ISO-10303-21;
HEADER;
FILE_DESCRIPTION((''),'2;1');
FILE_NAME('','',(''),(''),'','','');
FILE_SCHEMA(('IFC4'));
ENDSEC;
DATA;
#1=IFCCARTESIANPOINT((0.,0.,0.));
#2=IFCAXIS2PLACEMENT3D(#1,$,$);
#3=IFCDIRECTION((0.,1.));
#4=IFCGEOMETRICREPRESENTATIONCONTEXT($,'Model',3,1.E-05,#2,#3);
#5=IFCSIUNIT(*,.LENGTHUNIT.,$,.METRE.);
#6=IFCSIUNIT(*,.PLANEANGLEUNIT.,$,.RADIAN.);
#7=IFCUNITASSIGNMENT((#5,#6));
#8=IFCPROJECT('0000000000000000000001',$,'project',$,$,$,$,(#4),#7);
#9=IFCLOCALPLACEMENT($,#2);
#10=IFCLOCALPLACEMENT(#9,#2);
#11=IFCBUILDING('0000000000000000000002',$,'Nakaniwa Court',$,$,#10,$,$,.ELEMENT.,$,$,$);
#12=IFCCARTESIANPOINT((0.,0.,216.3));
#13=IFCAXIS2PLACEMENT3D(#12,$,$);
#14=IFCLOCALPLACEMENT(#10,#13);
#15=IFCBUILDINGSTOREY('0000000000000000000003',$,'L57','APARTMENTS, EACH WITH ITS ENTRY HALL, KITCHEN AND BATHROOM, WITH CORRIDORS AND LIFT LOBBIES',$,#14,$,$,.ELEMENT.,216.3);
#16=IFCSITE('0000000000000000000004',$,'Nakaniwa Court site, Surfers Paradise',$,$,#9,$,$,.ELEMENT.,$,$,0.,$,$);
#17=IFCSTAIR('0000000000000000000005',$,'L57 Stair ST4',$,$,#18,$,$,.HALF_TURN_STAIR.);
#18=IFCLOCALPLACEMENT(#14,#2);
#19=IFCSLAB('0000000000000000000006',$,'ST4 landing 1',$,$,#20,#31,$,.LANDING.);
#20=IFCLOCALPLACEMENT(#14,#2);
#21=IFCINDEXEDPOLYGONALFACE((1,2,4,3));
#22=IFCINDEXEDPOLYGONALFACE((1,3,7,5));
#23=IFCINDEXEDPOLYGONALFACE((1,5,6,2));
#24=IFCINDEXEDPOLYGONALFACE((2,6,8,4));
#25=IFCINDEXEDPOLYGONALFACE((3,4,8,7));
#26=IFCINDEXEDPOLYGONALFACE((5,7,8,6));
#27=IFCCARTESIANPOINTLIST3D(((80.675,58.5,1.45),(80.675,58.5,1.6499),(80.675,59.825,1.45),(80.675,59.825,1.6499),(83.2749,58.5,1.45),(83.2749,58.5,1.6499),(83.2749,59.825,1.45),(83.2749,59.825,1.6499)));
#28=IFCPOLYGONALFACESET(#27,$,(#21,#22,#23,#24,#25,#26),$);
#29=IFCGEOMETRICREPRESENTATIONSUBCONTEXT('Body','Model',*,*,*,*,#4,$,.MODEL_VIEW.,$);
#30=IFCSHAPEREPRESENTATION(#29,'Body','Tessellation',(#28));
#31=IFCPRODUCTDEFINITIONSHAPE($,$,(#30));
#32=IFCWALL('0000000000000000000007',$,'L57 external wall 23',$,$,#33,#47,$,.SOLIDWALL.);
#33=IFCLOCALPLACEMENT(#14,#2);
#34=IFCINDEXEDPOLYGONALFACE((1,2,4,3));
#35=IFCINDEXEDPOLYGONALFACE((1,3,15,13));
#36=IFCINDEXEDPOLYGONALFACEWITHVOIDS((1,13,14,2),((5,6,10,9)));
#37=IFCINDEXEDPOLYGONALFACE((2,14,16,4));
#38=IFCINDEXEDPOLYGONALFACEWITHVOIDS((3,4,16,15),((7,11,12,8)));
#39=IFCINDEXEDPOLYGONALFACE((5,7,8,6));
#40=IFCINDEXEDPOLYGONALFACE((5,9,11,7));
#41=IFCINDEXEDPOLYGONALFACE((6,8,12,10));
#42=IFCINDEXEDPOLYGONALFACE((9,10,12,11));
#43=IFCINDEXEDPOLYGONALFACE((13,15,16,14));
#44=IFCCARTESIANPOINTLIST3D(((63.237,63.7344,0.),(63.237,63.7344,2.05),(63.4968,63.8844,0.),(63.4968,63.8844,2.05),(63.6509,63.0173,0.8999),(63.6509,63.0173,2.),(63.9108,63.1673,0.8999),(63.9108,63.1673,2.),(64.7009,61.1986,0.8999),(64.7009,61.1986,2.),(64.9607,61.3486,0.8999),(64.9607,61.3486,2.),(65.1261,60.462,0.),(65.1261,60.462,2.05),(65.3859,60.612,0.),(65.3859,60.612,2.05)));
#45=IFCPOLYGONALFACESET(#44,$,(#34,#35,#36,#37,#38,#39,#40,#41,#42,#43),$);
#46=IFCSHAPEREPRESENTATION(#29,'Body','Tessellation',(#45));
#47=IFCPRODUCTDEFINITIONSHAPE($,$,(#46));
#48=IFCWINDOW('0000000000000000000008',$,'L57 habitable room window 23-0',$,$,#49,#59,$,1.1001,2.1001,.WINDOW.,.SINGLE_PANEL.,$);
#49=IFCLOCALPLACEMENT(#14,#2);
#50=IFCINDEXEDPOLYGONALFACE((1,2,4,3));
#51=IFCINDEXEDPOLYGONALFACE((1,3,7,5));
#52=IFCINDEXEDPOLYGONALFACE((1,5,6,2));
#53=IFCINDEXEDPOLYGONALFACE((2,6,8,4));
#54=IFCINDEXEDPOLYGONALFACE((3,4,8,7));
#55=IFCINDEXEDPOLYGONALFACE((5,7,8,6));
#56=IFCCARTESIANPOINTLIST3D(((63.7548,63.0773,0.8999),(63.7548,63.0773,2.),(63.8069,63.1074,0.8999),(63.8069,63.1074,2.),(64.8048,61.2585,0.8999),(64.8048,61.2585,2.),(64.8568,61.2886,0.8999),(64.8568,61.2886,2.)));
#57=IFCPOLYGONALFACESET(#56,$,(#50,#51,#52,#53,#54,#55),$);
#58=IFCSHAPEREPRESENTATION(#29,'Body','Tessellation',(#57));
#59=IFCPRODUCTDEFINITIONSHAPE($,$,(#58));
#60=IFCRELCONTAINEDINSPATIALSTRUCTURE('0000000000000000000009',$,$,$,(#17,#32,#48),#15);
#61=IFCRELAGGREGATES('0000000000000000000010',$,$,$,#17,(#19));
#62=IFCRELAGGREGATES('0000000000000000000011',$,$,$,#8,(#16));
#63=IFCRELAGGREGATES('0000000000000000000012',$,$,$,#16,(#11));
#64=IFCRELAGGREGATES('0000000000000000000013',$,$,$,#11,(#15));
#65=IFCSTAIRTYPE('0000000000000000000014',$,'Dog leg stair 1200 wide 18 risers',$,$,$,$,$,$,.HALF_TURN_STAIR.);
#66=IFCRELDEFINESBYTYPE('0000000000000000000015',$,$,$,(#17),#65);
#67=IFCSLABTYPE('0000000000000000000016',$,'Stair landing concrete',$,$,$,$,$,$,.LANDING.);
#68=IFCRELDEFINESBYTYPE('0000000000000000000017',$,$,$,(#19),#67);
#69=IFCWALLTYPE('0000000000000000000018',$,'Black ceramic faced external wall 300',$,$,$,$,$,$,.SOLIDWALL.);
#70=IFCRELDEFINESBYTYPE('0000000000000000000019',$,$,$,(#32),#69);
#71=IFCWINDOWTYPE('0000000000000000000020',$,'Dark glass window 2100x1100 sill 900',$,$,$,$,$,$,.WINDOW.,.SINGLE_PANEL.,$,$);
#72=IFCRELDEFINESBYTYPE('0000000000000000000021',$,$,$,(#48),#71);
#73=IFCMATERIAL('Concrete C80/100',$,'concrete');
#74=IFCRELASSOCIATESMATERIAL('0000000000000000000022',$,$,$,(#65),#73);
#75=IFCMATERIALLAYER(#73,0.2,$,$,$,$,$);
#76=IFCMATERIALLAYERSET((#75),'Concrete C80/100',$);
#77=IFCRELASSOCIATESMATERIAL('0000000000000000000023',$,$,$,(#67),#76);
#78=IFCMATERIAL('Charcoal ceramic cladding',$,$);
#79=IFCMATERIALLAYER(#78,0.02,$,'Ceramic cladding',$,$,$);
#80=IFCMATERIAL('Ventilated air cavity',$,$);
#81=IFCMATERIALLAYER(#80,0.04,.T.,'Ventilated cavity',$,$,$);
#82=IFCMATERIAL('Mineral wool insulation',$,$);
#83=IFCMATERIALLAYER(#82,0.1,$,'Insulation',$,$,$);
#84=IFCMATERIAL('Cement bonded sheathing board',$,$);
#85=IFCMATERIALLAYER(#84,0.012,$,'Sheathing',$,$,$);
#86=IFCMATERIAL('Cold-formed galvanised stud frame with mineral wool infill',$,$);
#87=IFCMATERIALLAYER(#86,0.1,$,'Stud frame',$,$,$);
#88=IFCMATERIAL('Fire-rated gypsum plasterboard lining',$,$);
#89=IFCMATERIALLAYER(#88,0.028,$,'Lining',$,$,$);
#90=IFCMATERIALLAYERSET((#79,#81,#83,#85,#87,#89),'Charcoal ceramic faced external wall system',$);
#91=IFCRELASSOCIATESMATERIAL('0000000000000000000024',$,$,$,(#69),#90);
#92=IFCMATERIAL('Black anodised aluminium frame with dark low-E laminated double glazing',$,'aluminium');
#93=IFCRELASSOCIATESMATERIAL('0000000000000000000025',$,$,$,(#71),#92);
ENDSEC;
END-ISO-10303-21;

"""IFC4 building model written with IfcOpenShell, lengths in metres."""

from ifc_helpers import new_model, si_unit, direction, frame, frame_2d, origin, place, context, subcontext, project, spatial, polyline, rectangle, outline, extrude, material, layer, layer_set, type_object, element, fill, aggregate, save


model = new_model("IFC4")

# Units and contexts
model_context = context("Model", 3, precision=1e-05, world=origin(), true_north=direction((0.0, 1.0)))
body_context = subcontext(model_context, "Body", "Model", "MODEL_VIEW")
ifc_project = project(units=[si_unit("LENGTHUNIT", "METRE"), si_unit("PLANEANGLEUNIT", "RADIAN")], contexts=[model_context])

# Site, building, storey
site_placement = place(None, origin())
site = spatial("IfcSite", under=ifc_project, at=site_placement, Name="Nakaniwa Court site, Surfers Paradise", CompositionType="ELEMENT", RefElevation=0.0)
building_placement = place(site_placement, origin())
building = spatial("IfcBuilding", under=site, at=building_placement, Name="Nakaniwa Court", CompositionType="ELEMENT")
storey_placement = place(building_placement, frame((0.0, 0.0, 216.3)))
storey = spatial("IfcBuildingStorey", under=building, at=storey_placement, Name="L57", Description="APARTMENTS, EACH WITH ITS ENTRY HALL, KITCHEN AND BATHROOM, WITH CORRIDORS AND LIFT LOBBIES", CompositionType="ELEMENT", Elevation=216.3)

# Shared definitions
ifc_material_1 = material(Name="Concrete C80/100", Category="concrete")

# Stair, slab
stair_type = type_object("IfcStairType", Name="Dog leg stair 1200 wide 18 risers", PredefinedType="HALF_TURN_STAIR", material=ifc_material_1)
ifc_layer_1 = layer(ifc_material_1, 0.2)
ifc_layer_set_1 = layer_set([ifc_layer_1], Name="Concrete C80/100")
slab_type_1 = type_object("IfcSlabType", Name="Stair landing concrete", PredefinedType="LANDING", material=ifc_layer_set_1)
stair_1_placement = place(storey_placement, origin())
stair_1 = element("IfcStair", 1, at=stair_1_placement, inside=storey, type_object=stair_type, Name="L57 Stair ST4", PredefinedType="HALF_TURN_STAIR")
slab_1_placement = place(storey_placement, frame((0.0, 0.0, 1.45)))
slab_1 = element("IfcSlab", 2, at=slab_1_placement, type_object=slab_type_1, Name="ST4 landing 1", PredefinedType="LANDING", context=body_context, shape_type="SweptSolid", body=[
    extrude(outline(polyline([(83.2749, 58.5), (83.2749, 59.825), (80.675, 59.825), (80.675, 58.5), (83.2749, 58.5)])), origin(), (0.0, 0.0, 1.0), 0.2),
])
aggregate(stair_1, [slab_1])

# Wall, opening, window
ifc_material_2 = material(Name="Charcoal ceramic cladding")
ifc_layer_2 = layer(ifc_material_2, 0.02, Name="Ceramic cladding")
ifc_material_3 = material(Name="Ventilated air cavity")
ifc_layer_3 = layer(ifc_material_3, 0.04, ventilated=True, Name="Ventilated cavity")
ifc_material_4 = material(Name="Mineral wool insulation")
ifc_layer_4 = layer(ifc_material_4, 0.1, Name="Insulation")
ifc_material_5 = material(Name="Cement bonded sheathing board")
ifc_layer_5 = layer(ifc_material_5, 0.012, Name="Sheathing")
ifc_material_6 = material(Name="Cold-formed galvanised stud frame with mineral wool infill")
ifc_layer_6 = layer(ifc_material_6, 0.1, Name="Stud frame")
ifc_material_7 = material(Name="Fire-rated gypsum plasterboard lining")
ifc_layer_7 = layer(ifc_material_7, 0.028, Name="Lining")
ifc_layer_set_2 = layer_set([ifc_layer_2, ifc_layer_3, ifc_layer_4, ifc_layer_5, ifc_layer_6, ifc_layer_7], Name="Charcoal ceramic faced external wall system")
wall_type = type_object("IfcWallType", Name="Black ceramic faced external wall 300", PredefinedType="SOLIDWALL", material=ifc_layer_set_2)
wall_placement = place(storey_placement, frame((63.3669, 63.8093, 0.0), z_axis=(0.0, 0.0, 1.0), x_axis=(0.499961, -0.866048, 0.0)))
wall = element("IfcWall", 3, at=wall_placement, inside=storey, type_object=wall_type, Name="L57 external wall 23", PredefinedType="SOLIDWALL", context=body_context, shape_type="SweptSolid", body=[
    extrude(rectangle(XDim=3.7786, YDim=0.3, at=frame_2d((1.8892, 0.0))), origin(), (0.0, 0.0, 1.0), 2.05),
])
opening_placement = place(wall_placement, frame((0.8279, 0.0, 0.8999)))
opening = element("IfcOpeningElement", 4, at=opening_placement, cuts=wall, PredefinedType="OPENING", context=body_context, shape_type="SweptSolid", body=[
    extrude(rectangle(XDim=2.1001, YDim=1.1001, at=frame_2d((1.05, 0.55))), frame((0.0, 0.1599, 0.0), z_axis=(0.0, -1.0, 0.0), x_axis=(1.0, 0.0, 0.0)), (0.0, 0.0, 1.0), 0.3201),
])
ifc_material_8 = material(Name="Black anodised aluminium frame with dark low-E laminated double glazing", Category="aluminium")
window_type = type_object("IfcWindowType", Name="Dark glass window 2100x1100 sill 900", PartitioningType="SINGLE_PANEL", PredefinedType="WINDOW", material=ifc_material_8)
window_placement = place(opening_placement, origin())
window = element("IfcWindow", 5, at=window_placement, inside=storey, type_object=window_type, Name="L57 habitable room window 23-0", OverallHeight=1.1001, OverallWidth=2.1001, PartitioningType="SINGLE_PANEL", PredefinedType="WINDOW", context=body_context, shape_type="SweptSolid", body=[
    extrude(rectangle(XDim=2.1001, YDim=1.1001, at=frame_2d((1.05, 0.55))), frame((0.0, 0.03, 0.0), z_axis=(0.0, -1.0, 0.0), x_axis=(1.0, 0.0, 0.0)), (0.0, 0.0, 1.0), 0.0601),
])
fill(opening, window)

save(model, "model.ifc")
